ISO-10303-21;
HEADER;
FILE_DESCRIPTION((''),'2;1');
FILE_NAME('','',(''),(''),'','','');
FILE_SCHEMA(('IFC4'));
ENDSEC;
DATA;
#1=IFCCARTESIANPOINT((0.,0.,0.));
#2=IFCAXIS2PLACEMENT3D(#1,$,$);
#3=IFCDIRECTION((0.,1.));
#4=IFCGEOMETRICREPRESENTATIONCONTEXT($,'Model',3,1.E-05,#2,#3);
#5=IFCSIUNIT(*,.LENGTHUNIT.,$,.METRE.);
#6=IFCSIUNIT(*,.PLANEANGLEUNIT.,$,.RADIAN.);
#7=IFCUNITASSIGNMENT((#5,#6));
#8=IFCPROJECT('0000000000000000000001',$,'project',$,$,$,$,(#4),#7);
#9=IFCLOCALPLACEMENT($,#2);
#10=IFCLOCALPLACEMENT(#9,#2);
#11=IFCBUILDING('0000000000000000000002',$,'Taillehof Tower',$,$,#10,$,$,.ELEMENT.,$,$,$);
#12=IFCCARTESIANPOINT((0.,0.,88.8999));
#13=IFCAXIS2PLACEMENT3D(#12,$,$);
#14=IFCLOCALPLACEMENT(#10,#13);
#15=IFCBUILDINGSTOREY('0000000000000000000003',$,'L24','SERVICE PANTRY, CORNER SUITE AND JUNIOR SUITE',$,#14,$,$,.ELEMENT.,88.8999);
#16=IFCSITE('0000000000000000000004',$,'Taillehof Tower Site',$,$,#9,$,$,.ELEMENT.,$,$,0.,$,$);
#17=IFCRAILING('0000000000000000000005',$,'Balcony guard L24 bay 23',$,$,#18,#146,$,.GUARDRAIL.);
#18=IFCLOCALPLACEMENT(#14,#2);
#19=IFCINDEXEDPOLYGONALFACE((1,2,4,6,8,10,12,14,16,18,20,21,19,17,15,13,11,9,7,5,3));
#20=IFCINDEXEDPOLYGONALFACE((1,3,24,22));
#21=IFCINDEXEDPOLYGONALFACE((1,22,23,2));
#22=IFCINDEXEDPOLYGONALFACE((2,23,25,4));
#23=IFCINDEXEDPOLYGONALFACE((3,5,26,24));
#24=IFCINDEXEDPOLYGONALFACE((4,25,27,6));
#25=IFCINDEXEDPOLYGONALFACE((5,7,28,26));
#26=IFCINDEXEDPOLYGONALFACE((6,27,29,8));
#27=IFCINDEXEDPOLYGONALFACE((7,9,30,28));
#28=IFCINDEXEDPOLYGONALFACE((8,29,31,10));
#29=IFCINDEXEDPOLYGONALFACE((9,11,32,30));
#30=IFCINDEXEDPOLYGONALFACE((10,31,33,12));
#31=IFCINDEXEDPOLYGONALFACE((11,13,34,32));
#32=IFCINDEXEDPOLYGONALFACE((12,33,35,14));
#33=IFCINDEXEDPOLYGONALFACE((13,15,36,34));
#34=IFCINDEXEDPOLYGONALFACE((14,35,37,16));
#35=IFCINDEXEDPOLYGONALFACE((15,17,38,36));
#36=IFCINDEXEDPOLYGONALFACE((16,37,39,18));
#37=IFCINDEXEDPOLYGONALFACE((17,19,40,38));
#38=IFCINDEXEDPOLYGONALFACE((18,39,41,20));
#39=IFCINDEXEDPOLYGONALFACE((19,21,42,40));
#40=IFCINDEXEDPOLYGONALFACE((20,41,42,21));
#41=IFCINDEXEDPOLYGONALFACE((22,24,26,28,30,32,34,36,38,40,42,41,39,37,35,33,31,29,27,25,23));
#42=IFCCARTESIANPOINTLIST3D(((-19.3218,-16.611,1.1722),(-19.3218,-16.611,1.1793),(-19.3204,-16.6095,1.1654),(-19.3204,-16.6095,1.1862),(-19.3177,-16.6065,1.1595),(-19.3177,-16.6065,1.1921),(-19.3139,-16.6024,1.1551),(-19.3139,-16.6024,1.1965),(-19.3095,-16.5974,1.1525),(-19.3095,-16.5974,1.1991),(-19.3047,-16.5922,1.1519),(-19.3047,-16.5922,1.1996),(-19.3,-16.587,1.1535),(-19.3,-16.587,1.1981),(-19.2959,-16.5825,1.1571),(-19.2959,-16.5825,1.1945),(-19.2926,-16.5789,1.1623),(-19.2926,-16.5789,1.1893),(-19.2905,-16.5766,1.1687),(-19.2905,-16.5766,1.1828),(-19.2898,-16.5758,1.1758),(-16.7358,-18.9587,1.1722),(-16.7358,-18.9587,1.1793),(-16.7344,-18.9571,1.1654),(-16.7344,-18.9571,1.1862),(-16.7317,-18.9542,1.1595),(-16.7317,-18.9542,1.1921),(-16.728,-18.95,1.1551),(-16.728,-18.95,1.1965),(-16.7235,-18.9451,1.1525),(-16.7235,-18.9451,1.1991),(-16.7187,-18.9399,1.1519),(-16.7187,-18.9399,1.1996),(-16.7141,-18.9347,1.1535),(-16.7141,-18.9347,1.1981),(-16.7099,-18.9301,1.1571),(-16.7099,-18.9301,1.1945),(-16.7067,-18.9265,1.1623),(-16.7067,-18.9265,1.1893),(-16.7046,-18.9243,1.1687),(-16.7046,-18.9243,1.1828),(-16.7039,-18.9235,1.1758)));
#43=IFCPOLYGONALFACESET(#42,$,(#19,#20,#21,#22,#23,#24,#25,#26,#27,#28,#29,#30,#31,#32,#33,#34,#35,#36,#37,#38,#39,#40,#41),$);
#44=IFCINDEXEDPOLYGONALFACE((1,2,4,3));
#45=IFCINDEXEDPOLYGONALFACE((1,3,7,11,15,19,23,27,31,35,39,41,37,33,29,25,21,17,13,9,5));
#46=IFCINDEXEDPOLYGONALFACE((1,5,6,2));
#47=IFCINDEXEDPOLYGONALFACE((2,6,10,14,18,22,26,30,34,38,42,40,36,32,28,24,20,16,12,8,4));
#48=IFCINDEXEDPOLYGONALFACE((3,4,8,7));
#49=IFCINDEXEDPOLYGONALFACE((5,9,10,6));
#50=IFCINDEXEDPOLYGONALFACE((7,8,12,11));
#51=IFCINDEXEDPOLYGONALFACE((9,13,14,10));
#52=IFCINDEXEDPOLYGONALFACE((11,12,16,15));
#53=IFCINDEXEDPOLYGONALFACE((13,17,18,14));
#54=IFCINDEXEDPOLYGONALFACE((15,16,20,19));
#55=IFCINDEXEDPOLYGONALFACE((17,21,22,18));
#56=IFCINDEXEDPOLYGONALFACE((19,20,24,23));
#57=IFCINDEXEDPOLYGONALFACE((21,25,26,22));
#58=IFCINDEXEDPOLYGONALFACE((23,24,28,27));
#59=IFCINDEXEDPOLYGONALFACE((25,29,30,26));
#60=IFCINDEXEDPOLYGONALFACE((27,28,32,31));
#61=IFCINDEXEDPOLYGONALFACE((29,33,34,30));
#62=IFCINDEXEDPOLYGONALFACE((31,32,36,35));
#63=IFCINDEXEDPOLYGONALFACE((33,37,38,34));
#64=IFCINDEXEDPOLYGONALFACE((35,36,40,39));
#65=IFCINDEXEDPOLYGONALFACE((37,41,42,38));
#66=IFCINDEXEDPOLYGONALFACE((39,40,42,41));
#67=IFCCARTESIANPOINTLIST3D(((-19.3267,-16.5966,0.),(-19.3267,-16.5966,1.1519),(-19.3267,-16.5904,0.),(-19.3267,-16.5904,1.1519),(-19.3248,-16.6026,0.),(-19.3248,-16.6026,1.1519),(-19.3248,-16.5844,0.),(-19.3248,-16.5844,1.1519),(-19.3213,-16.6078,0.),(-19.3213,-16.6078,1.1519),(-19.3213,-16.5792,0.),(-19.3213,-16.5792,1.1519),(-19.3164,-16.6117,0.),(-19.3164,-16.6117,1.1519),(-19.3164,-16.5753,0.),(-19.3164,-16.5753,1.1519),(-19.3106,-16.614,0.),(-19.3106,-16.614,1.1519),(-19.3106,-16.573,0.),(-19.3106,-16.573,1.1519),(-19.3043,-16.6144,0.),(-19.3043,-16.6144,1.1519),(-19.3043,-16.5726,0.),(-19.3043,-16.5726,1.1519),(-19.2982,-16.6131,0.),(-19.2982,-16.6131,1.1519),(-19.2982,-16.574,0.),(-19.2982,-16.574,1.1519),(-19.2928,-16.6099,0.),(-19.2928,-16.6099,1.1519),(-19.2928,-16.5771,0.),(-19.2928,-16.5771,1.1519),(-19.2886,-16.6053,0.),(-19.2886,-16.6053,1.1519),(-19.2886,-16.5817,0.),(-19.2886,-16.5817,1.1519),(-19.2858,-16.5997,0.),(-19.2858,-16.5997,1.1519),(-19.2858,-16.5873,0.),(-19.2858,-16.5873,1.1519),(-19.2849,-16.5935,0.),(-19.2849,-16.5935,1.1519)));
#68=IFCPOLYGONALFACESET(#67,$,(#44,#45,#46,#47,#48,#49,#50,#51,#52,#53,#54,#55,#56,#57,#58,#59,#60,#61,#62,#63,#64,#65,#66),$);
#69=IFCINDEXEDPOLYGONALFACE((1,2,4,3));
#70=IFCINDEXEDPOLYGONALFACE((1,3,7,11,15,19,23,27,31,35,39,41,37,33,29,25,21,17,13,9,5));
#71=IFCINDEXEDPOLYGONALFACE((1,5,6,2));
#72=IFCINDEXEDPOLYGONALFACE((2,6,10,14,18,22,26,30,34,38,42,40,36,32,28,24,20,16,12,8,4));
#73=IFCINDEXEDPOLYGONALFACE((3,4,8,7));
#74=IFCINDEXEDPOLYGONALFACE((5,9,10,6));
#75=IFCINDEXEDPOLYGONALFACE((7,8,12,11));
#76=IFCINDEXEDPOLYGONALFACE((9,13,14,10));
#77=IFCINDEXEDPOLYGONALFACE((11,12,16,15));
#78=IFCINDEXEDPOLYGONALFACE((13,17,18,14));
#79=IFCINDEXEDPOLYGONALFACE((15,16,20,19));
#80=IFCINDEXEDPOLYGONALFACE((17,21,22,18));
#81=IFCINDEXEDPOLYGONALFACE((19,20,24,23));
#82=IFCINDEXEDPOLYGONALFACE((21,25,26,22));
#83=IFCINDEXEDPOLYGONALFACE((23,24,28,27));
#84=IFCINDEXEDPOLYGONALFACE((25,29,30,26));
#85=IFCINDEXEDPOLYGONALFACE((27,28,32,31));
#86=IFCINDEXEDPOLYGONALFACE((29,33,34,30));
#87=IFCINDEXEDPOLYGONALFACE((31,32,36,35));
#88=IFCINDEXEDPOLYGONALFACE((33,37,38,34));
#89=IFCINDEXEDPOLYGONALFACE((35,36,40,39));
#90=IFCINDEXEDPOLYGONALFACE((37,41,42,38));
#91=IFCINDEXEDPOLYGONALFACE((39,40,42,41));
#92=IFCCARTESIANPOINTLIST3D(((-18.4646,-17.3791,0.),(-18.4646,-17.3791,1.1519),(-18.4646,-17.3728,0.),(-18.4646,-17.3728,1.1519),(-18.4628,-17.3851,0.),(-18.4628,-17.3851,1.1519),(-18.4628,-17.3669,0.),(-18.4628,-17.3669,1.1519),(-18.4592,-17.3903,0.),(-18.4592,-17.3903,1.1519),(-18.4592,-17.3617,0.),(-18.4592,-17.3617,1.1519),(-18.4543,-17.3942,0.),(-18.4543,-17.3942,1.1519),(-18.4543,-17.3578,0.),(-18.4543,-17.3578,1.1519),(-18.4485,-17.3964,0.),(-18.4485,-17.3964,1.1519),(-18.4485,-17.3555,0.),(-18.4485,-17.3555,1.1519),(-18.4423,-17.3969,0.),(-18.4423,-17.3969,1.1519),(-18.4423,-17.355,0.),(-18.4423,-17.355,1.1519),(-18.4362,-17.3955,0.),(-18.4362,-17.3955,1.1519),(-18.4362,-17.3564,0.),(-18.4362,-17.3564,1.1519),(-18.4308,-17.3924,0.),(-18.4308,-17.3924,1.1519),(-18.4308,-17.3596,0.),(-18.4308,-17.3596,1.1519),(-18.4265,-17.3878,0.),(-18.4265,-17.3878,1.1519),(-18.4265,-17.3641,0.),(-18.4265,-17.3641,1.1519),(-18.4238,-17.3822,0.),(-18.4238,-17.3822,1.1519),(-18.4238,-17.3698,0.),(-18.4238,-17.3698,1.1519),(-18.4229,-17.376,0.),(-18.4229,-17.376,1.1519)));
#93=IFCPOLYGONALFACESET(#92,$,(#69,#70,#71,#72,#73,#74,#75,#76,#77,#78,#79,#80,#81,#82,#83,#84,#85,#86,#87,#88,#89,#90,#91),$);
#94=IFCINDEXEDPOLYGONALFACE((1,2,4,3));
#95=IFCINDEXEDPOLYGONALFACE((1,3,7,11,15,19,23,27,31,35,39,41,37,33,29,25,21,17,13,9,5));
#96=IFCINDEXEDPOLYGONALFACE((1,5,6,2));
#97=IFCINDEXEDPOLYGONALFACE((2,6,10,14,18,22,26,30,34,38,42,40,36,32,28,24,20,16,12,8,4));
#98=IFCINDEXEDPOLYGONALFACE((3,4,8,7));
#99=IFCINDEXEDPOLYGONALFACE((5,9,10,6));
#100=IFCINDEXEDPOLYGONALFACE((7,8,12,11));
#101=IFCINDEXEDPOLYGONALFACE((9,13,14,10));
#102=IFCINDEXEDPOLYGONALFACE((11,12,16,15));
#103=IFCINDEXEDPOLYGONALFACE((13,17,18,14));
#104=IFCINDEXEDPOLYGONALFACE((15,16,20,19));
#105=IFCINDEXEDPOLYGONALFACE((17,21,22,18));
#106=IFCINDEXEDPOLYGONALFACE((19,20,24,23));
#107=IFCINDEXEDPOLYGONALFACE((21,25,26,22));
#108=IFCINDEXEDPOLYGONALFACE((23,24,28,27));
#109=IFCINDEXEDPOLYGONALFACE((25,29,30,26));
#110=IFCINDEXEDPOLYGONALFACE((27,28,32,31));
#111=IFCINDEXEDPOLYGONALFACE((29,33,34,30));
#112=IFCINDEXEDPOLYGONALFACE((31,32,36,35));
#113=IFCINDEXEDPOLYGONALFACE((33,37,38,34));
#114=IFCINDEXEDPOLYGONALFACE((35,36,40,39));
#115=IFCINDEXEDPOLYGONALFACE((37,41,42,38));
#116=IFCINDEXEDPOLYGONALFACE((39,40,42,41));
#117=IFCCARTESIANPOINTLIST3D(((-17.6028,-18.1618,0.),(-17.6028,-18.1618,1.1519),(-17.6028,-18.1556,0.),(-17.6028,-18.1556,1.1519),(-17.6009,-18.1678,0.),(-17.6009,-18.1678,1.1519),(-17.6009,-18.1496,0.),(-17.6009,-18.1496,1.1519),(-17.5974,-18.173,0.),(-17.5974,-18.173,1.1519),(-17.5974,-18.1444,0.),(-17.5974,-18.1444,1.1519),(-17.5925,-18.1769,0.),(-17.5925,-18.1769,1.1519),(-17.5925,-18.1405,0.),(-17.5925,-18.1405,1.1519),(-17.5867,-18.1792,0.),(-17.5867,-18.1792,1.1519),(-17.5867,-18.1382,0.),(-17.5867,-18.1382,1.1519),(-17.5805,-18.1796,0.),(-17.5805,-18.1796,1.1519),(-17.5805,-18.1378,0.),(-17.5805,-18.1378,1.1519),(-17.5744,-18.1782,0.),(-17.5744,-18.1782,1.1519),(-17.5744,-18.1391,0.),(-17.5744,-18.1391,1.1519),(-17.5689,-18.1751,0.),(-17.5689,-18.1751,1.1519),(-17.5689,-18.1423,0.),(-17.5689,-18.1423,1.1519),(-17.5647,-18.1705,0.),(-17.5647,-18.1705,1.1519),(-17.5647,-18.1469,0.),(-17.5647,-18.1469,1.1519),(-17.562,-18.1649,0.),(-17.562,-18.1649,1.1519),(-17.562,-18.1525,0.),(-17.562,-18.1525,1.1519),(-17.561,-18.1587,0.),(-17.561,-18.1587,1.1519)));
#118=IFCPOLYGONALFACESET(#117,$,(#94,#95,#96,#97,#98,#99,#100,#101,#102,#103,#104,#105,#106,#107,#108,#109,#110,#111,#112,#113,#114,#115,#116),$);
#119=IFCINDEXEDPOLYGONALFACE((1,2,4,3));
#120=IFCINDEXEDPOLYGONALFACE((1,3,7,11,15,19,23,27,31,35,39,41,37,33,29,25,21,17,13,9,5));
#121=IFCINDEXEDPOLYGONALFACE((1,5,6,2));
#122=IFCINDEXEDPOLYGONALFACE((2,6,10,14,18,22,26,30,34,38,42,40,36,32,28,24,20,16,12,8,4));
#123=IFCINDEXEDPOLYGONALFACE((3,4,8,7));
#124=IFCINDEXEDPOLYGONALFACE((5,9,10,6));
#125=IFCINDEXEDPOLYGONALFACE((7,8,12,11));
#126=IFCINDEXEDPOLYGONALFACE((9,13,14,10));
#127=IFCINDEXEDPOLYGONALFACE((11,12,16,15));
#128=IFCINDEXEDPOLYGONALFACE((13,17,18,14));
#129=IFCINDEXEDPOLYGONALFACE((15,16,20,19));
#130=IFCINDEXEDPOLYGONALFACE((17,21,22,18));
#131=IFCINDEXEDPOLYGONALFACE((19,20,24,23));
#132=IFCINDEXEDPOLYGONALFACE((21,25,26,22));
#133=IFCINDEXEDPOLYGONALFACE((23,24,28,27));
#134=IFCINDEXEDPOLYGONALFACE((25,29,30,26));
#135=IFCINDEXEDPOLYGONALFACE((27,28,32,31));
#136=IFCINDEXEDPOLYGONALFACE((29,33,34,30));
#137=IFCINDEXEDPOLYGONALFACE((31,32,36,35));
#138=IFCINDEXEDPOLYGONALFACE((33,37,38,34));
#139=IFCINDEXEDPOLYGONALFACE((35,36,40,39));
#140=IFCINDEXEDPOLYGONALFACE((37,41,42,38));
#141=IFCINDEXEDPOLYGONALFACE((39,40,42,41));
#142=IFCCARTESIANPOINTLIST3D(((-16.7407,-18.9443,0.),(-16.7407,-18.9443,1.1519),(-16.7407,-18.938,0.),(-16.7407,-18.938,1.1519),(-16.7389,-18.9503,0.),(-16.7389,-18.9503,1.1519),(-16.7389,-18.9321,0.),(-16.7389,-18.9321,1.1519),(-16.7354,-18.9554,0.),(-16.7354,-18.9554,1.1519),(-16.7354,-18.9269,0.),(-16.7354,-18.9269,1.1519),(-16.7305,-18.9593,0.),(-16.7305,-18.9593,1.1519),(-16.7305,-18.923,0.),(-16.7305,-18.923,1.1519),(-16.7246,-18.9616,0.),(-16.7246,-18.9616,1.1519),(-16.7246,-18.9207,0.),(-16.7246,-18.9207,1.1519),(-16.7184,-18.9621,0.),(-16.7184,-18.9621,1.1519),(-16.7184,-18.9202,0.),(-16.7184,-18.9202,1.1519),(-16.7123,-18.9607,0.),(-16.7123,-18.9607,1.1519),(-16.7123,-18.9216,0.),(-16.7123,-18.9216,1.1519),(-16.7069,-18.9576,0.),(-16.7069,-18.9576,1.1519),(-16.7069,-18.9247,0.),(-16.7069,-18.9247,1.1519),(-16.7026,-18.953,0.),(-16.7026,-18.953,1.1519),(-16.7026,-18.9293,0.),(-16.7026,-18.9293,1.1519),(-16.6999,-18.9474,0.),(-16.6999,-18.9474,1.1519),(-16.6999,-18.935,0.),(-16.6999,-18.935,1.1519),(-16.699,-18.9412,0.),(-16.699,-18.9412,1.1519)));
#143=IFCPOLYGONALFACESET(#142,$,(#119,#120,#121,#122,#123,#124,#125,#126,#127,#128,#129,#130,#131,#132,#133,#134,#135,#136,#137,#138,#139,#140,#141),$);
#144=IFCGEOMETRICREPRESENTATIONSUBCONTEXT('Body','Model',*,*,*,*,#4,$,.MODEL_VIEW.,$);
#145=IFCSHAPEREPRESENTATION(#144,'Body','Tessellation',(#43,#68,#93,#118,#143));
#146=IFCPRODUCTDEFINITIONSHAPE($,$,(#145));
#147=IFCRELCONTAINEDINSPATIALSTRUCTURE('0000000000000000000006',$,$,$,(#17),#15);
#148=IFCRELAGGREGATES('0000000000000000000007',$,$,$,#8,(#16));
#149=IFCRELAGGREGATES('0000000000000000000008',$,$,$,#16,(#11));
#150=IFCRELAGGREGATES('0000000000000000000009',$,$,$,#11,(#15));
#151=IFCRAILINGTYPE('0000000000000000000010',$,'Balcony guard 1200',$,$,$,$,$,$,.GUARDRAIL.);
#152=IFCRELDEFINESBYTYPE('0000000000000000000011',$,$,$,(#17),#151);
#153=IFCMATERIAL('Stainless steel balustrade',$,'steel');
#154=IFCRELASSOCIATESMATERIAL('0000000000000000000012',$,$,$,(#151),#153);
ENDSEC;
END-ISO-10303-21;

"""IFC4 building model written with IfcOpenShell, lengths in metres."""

from ifc_helpers import new_model, si_unit, direction, frame, origin, origin_2d, place, context, subcontext, project, spatial, circle, extrude, material, type_object, element, save


model = new_model("IFC4")

# Units and contexts
model_context = context("Model", 3, precision=1e-05, world=origin(), true_north=direction((0.0, 1.0)))
body_context = subcontext(model_context, "Body", "Model", "MODEL_VIEW")
ifc_project = project(units=[si_unit("LENGTHUNIT", "METRE"), si_unit("PLANEANGLEUNIT", "RADIAN")], contexts=[model_context])

# Site, building, storey
site_placement = place(None, origin())
site = spatial("IfcSite", under=ifc_project, at=site_placement, Name="Taillehof Tower Site", CompositionType="ELEMENT", RefElevation=0.0)
building_placement = place(site_placement, origin())
building = spatial("IfcBuilding", under=site, at=building_placement, Name="Taillehof Tower", CompositionType="ELEMENT")
storey_placement = place(building_placement, frame((0.0, 0.0, 88.8999)))
storey = spatial("IfcBuildingStorey", under=building, at=storey_placement, Name="L24", Description="SERVICE PANTRY, CORNER SUITE AND JUNIOR SUITE", CompositionType="ELEMENT", Elevation=88.8999)

# Railing
ifc_material_1 = material(Name="Stainless steel balustrade", Category="steel")
railing_type = type_object("IfcRailingType", Name="Balcony guard 1200", PredefinedType="GUARDRAIL", material=ifc_material_1)
railing_1_placement = place(storey_placement, frame((-19.3059, -16.5935, 0.0)))
element("IfcRailing", 1, at=railing_1_placement, inside=storey, type_object=railing_type, Name="Balcony guard L24 bay 23", PredefinedType="GUARDRAIL", context=body_context, shape_type="SweptSolid", body=[
    extrude(circle(Radius=0.0239, at=origin_2d()), frame((0.0, 0.0, 1.1758), z_axis=(0.740395, -0.672172, 0.0), x_axis=(0.672172, 0.740395, 0.0)), (0.0, 0.0, 1.0), 3.4927),
    extrude(circle(Radius=0.021, at=origin_2d()), origin(), (0.0, 0.0, 1.0), 1.1519),
    extrude(circle(Radius=0.021, at=origin_2d()), frame((0.8621, -0.7825, 0.0)), (0.0, 0.0, 1.0), 1.1519),
    extrude(circle(Radius=0.021, at=origin_2d()), frame((1.7239, -1.5652, 0.0)), (0.0, 0.0, 1.0), 1.1519),
    extrude(circle(Radius=0.021, at=origin_2d()), frame((2.5859, -2.3477, 0.0)), (0.0, 0.0, 1.0), 1.1519),
])

save(model, "model.ifc")
